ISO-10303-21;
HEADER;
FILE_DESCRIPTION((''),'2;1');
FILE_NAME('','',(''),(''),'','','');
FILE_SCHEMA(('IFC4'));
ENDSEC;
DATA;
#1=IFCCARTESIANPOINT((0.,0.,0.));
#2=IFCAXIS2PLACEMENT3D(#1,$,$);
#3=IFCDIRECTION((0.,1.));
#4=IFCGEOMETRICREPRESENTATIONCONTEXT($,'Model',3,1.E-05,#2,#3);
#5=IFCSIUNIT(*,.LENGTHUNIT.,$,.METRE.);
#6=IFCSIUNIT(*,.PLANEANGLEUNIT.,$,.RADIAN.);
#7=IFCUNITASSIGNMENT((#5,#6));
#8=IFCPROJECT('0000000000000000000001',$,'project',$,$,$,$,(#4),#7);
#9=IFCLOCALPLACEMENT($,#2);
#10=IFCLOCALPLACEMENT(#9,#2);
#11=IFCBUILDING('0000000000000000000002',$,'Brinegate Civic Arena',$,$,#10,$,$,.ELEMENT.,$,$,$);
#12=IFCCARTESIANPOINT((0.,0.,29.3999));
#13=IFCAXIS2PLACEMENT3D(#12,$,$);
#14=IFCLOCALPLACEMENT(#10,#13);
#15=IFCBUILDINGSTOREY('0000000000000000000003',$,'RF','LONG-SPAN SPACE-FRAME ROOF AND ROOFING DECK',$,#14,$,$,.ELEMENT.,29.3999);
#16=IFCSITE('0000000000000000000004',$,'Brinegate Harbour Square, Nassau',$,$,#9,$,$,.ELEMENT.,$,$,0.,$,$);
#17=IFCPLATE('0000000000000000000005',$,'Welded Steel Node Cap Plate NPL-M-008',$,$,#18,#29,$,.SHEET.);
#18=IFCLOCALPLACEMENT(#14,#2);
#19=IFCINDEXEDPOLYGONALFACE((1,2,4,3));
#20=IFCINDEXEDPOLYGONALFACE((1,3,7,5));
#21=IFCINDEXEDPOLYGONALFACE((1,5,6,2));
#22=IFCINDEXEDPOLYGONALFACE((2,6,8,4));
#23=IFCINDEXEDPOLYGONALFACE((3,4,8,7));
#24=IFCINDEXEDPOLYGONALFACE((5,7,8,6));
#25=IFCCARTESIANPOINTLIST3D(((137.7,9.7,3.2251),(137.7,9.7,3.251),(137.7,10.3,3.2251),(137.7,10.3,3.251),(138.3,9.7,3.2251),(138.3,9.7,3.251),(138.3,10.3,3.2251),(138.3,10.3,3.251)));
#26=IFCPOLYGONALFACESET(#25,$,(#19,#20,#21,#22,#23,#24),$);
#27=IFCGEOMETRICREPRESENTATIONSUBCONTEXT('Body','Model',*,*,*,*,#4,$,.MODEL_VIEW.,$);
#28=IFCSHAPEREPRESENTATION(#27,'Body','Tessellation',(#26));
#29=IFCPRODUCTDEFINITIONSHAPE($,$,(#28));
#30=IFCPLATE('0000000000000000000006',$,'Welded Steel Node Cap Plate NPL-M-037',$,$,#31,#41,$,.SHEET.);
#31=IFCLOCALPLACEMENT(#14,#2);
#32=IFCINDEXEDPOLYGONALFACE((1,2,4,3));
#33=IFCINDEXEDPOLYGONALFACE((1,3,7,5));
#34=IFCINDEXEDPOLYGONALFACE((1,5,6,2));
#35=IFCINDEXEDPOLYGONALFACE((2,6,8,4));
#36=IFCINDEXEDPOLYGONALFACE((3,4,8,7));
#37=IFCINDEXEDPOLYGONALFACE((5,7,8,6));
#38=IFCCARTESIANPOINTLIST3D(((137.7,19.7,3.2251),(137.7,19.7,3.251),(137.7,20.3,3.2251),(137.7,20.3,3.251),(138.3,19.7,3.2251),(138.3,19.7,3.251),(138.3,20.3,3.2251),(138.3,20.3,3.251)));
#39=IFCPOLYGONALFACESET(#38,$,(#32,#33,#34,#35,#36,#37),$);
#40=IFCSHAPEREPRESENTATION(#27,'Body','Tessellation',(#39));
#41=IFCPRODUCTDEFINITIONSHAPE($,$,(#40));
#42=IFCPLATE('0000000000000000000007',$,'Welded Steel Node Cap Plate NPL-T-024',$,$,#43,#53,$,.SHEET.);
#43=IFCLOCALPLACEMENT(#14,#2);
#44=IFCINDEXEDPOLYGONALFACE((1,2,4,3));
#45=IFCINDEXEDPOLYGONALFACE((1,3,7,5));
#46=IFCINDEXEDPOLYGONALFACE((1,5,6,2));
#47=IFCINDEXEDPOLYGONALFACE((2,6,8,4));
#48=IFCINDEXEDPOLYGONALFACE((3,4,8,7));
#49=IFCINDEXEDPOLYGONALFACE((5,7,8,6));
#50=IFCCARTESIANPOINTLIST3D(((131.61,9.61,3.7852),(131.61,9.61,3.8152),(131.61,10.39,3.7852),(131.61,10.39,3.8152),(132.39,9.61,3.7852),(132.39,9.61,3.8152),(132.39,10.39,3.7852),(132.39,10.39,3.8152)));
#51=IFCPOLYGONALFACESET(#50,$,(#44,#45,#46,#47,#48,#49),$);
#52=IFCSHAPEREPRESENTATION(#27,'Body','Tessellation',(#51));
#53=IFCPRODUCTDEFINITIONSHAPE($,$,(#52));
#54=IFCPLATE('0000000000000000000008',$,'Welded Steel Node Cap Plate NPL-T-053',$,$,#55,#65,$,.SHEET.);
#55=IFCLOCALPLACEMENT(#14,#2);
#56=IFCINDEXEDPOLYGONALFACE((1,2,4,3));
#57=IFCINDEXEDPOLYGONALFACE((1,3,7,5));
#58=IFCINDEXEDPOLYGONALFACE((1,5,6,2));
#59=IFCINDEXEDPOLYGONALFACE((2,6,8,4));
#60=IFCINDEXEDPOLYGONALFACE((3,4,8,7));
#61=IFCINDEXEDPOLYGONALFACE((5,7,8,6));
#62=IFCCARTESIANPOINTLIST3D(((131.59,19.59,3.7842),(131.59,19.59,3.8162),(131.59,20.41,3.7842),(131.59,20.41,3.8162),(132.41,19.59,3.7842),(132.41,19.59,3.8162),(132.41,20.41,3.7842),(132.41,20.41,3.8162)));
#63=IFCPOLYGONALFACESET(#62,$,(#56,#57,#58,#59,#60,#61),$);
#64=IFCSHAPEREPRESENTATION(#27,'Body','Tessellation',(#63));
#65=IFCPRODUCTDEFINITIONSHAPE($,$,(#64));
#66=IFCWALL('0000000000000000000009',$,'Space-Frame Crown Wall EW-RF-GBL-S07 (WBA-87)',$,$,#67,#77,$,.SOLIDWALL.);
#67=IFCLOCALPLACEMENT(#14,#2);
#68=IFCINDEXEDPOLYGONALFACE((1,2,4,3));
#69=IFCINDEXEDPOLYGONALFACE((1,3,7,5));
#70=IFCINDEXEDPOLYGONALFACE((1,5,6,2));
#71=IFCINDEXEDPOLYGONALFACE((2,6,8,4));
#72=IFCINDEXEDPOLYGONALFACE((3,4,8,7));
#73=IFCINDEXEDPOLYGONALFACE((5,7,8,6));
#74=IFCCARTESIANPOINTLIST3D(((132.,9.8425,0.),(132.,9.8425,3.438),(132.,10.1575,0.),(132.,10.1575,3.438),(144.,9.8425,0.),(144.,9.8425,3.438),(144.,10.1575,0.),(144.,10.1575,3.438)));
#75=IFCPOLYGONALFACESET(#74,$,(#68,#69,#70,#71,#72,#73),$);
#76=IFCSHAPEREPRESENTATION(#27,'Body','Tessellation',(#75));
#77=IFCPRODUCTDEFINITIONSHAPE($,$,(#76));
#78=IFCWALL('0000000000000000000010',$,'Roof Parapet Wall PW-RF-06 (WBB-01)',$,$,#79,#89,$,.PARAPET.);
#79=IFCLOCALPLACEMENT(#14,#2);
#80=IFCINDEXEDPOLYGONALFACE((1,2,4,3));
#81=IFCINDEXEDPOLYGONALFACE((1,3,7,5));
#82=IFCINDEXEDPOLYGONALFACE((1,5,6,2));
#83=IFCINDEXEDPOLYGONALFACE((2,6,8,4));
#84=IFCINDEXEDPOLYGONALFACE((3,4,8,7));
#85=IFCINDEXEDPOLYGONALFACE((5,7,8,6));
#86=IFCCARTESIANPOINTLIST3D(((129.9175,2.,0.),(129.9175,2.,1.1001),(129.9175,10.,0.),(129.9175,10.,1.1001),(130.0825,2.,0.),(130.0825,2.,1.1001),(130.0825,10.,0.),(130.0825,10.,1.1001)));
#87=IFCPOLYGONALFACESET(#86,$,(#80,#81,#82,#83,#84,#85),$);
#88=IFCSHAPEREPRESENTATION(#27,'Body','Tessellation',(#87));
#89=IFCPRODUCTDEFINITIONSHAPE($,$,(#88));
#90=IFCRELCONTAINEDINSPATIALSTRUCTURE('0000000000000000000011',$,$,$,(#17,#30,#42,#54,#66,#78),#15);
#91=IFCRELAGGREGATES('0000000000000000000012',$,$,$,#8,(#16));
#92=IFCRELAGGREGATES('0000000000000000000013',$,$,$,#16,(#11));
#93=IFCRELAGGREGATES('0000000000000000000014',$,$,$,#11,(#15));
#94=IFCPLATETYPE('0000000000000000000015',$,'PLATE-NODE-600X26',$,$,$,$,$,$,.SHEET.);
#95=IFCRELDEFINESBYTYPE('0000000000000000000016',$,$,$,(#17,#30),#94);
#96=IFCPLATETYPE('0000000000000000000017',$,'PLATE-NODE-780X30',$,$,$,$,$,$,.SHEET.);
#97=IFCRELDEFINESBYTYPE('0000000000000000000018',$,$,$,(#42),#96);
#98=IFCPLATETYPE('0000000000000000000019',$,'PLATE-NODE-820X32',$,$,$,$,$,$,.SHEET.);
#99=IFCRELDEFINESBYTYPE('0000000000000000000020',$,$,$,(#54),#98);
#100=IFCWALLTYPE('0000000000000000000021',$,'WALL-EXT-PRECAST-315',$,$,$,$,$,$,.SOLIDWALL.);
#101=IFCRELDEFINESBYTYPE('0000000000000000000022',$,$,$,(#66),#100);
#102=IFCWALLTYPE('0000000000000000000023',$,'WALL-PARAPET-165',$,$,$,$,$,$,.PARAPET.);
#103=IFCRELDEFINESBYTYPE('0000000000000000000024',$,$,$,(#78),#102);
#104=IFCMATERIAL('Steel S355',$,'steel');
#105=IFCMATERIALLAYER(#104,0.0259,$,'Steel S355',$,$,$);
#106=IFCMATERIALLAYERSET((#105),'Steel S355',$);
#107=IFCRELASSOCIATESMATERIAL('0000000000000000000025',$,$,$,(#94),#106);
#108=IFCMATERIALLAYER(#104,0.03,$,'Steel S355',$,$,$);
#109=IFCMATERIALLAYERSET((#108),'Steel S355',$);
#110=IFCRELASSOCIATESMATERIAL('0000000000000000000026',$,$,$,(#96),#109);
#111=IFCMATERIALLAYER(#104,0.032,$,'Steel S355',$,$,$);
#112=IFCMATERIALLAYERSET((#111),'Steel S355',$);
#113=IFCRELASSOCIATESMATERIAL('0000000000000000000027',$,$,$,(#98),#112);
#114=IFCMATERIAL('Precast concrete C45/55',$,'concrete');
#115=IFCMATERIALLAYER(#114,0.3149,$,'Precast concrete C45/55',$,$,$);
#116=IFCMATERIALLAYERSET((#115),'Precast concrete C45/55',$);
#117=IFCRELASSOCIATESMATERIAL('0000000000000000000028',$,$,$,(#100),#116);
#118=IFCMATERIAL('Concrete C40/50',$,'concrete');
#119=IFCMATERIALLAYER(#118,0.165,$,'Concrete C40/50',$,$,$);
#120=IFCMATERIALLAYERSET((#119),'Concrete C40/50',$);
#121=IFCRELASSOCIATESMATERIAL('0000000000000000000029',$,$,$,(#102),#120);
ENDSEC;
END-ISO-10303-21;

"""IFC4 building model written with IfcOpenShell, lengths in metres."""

from ifc_helpers import new_model, si_unit, direction, frame, frame_2d, origin, origin_2d, place, context, subcontext, project, spatial, rectangle, extrude, material, layer, layer_set, type_object, element, save


model = new_model("IFC4")

# Units and contexts
model_context = context("Model", 3, precision=1e-05, world=origin(), true_north=direction((0.0, 1.0)))
body_context = subcontext(model_context, "Body", "Model", "MODEL_VIEW")
ifc_project = project(units=[si_unit("LENGTHUNIT", "METRE"), si_unit("PLANEANGLEUNIT", "RADIAN")], contexts=[model_context])

# Site, building, storey
site_placement = place(None, origin())
site = spatial("IfcSite", under=ifc_project, at=site_placement, Name="Brinegate Harbour Square, Nassau", CompositionType="ELEMENT", RefElevation=0.0)
building_placement = place(site_placement, origin())
building = spatial("IfcBuilding", under=site, at=building_placement, Name="Brinegate Civic Arena", CompositionType="ELEMENT")
storey_placement = place(building_placement, frame((0.0, 0.0, 29.3999)))
storey = spatial("IfcBuildingStorey", under=building, at=storey_placement, Name="RF", Description="LONG-SPAN SPACE-FRAME ROOF AND ROOFING DECK", CompositionType="ELEMENT", Elevation=29.3999)

# Shared definitions
ifc_material_1 = material(Name="Steel S355", Category="steel")

# Plates
ifc_layer_1 = layer(ifc_material_1, 0.0259, Name="Steel S355")
ifc_layer_set_1 = layer_set([ifc_layer_1], Name="Steel S355")
plate_type_1 = type_object("IfcPlateType", Name="PLATE-NODE-600X26", PredefinedType="SHEET", material=ifc_layer_set_1)
for number, where, z_axis, x_axis, name in (
    (1, (138.0, 10.0, 3.2251), (0.0, 0.0, 1.0), (1.0, 0.0, 0.0), "Welded Steel Node Cap Plate NPL-M-008"),
    (2, (138.0, 20.0, 3.2251), (0.0, 0.0, 1.0), (1.0, 0.0, 0.0), "Welded Steel Node Cap Plate NPL-M-037"),
):
    element("IfcPlate", number, at=place(storey_placement, frame(where, z_axis=z_axis, x_axis=x_axis)), inside=storey, type_object=plate_type_1, Name=name, PredefinedType="SHEET", context=body_context, shape_type="SweptSolid", body=[
        extrude(rectangle(XDim=0.6001, YDim=0.6001, at=origin_2d()), origin(), (0.0, 0.0, 1.0), 0.0259),
    ])
ifc_layer_2 = layer(ifc_material_1, 0.03, Name="Steel S355")
ifc_layer_set_2 = layer_set([ifc_layer_2], Name="Steel S355")
plate_type_2 = type_object("IfcPlateType", Name="PLATE-NODE-780X30", PredefinedType="SHEET", material=ifc_layer_set_2)
plate_1_placement = place(storey_placement, frame((132.0, 10.0, 3.7852), z_axis=(0.0, 0.0, 1.0), x_axis=(1.0, 0.0, 0.0)))
element("IfcPlate", 3, at=plate_1_placement, inside=storey, type_object=plate_type_2, Name="Welded Steel Node Cap Plate NPL-T-024", PredefinedType="SHEET", context=body_context, shape_type="SweptSolid", body=[
    extrude(rectangle(XDim=0.78, YDim=0.78, at=origin_2d()), origin(), (0.0, 0.0, 1.0), 0.03),
])
ifc_layer_3 = layer(ifc_material_1, 0.032, Name="Steel S355")
ifc_layer_set_3 = layer_set([ifc_layer_3], Name="Steel S355")
plate_type_3 = type_object("IfcPlateType", Name="PLATE-NODE-820X32", PredefinedType="SHEET", material=ifc_layer_set_3)
plate_2_placement = place(storey_placement, frame((132.0, 20.0, 3.7842), z_axis=(0.0, 0.0, 1.0), x_axis=(1.0, 0.0, 0.0)))
element("IfcPlate", 4, at=plate_2_placement, inside=storey, type_object=plate_type_3, Name="Welded Steel Node Cap Plate NPL-T-053", PredefinedType="SHEET", context=body_context, shape_type="SweptSolid", body=[
    extrude(rectangle(XDim=0.8201, YDim=0.8201, at=origin_2d()), origin(), (0.0, 0.0, 1.0), 0.032),
])

# Walls
ifc_material_2 = material(Name="Precast concrete C45/55", Category="concrete")
ifc_layer_4 = layer(ifc_material_2, 0.3149, Name="Precast concrete C45/55")
ifc_layer_set_4 = layer_set([ifc_layer_4], Name="Precast concrete C45/55")
wall_type_1 = type_object("IfcWallType", Name="WALL-EXT-PRECAST-315", PredefinedType="SOLIDWALL", material=ifc_layer_set_4)
wall_1_placement = place(storey_placement, frame((132.0, 10.0, 0.0), z_axis=(0.0, 0.0, 1.0), x_axis=(1.0, 0.0, 0.0)))
element("IfcWall", 5, at=wall_1_placement, inside=storey, type_object=wall_type_1, Name="Space-Frame Crown Wall EW-RF-GBL-S07 (WBA-87)", PredefinedType="SOLIDWALL", context=body_context, shape_type="SweptSolid", body=[
    extrude(rectangle(XDim=12.0, YDim=0.3149, at=frame_2d((6.0, 0.0))), origin(), (0.0, 0.0, 1.0), 3.438),
])
ifc_material_3 = material(Name="Concrete C40/50", Category="concrete")
ifc_layer_5 = layer(ifc_material_3, 0.165, Name="Concrete C40/50")
ifc_layer_set_5 = layer_set([ifc_layer_5], Name="Concrete C40/50")
wall_type_2 = type_object("IfcWallType", Name="WALL-PARAPET-165", PredefinedType="PARAPET", material=ifc_layer_set_5)
wall_2_placement = place(storey_placement, frame((130.0, 2.0, 0.0), z_axis=(0.0, 0.0, 1.0), x_axis=(0.0, 1.0, 0.0)))
element("IfcWall", 6, at=wall_2_placement, inside=storey, type_object=wall_type_2, Name="Roof Parapet Wall PW-RF-06 (WBB-01)", PredefinedType="PARAPET", context=body_context, shape_type="SweptSolid", body=[
    extrude(rectangle(XDim=8.0, YDim=0.165, at=frame_2d((4.0, 0.0))), origin(), (0.0, 0.0, 1.0), 1.1001),
])

save(model, "model.ifc")
